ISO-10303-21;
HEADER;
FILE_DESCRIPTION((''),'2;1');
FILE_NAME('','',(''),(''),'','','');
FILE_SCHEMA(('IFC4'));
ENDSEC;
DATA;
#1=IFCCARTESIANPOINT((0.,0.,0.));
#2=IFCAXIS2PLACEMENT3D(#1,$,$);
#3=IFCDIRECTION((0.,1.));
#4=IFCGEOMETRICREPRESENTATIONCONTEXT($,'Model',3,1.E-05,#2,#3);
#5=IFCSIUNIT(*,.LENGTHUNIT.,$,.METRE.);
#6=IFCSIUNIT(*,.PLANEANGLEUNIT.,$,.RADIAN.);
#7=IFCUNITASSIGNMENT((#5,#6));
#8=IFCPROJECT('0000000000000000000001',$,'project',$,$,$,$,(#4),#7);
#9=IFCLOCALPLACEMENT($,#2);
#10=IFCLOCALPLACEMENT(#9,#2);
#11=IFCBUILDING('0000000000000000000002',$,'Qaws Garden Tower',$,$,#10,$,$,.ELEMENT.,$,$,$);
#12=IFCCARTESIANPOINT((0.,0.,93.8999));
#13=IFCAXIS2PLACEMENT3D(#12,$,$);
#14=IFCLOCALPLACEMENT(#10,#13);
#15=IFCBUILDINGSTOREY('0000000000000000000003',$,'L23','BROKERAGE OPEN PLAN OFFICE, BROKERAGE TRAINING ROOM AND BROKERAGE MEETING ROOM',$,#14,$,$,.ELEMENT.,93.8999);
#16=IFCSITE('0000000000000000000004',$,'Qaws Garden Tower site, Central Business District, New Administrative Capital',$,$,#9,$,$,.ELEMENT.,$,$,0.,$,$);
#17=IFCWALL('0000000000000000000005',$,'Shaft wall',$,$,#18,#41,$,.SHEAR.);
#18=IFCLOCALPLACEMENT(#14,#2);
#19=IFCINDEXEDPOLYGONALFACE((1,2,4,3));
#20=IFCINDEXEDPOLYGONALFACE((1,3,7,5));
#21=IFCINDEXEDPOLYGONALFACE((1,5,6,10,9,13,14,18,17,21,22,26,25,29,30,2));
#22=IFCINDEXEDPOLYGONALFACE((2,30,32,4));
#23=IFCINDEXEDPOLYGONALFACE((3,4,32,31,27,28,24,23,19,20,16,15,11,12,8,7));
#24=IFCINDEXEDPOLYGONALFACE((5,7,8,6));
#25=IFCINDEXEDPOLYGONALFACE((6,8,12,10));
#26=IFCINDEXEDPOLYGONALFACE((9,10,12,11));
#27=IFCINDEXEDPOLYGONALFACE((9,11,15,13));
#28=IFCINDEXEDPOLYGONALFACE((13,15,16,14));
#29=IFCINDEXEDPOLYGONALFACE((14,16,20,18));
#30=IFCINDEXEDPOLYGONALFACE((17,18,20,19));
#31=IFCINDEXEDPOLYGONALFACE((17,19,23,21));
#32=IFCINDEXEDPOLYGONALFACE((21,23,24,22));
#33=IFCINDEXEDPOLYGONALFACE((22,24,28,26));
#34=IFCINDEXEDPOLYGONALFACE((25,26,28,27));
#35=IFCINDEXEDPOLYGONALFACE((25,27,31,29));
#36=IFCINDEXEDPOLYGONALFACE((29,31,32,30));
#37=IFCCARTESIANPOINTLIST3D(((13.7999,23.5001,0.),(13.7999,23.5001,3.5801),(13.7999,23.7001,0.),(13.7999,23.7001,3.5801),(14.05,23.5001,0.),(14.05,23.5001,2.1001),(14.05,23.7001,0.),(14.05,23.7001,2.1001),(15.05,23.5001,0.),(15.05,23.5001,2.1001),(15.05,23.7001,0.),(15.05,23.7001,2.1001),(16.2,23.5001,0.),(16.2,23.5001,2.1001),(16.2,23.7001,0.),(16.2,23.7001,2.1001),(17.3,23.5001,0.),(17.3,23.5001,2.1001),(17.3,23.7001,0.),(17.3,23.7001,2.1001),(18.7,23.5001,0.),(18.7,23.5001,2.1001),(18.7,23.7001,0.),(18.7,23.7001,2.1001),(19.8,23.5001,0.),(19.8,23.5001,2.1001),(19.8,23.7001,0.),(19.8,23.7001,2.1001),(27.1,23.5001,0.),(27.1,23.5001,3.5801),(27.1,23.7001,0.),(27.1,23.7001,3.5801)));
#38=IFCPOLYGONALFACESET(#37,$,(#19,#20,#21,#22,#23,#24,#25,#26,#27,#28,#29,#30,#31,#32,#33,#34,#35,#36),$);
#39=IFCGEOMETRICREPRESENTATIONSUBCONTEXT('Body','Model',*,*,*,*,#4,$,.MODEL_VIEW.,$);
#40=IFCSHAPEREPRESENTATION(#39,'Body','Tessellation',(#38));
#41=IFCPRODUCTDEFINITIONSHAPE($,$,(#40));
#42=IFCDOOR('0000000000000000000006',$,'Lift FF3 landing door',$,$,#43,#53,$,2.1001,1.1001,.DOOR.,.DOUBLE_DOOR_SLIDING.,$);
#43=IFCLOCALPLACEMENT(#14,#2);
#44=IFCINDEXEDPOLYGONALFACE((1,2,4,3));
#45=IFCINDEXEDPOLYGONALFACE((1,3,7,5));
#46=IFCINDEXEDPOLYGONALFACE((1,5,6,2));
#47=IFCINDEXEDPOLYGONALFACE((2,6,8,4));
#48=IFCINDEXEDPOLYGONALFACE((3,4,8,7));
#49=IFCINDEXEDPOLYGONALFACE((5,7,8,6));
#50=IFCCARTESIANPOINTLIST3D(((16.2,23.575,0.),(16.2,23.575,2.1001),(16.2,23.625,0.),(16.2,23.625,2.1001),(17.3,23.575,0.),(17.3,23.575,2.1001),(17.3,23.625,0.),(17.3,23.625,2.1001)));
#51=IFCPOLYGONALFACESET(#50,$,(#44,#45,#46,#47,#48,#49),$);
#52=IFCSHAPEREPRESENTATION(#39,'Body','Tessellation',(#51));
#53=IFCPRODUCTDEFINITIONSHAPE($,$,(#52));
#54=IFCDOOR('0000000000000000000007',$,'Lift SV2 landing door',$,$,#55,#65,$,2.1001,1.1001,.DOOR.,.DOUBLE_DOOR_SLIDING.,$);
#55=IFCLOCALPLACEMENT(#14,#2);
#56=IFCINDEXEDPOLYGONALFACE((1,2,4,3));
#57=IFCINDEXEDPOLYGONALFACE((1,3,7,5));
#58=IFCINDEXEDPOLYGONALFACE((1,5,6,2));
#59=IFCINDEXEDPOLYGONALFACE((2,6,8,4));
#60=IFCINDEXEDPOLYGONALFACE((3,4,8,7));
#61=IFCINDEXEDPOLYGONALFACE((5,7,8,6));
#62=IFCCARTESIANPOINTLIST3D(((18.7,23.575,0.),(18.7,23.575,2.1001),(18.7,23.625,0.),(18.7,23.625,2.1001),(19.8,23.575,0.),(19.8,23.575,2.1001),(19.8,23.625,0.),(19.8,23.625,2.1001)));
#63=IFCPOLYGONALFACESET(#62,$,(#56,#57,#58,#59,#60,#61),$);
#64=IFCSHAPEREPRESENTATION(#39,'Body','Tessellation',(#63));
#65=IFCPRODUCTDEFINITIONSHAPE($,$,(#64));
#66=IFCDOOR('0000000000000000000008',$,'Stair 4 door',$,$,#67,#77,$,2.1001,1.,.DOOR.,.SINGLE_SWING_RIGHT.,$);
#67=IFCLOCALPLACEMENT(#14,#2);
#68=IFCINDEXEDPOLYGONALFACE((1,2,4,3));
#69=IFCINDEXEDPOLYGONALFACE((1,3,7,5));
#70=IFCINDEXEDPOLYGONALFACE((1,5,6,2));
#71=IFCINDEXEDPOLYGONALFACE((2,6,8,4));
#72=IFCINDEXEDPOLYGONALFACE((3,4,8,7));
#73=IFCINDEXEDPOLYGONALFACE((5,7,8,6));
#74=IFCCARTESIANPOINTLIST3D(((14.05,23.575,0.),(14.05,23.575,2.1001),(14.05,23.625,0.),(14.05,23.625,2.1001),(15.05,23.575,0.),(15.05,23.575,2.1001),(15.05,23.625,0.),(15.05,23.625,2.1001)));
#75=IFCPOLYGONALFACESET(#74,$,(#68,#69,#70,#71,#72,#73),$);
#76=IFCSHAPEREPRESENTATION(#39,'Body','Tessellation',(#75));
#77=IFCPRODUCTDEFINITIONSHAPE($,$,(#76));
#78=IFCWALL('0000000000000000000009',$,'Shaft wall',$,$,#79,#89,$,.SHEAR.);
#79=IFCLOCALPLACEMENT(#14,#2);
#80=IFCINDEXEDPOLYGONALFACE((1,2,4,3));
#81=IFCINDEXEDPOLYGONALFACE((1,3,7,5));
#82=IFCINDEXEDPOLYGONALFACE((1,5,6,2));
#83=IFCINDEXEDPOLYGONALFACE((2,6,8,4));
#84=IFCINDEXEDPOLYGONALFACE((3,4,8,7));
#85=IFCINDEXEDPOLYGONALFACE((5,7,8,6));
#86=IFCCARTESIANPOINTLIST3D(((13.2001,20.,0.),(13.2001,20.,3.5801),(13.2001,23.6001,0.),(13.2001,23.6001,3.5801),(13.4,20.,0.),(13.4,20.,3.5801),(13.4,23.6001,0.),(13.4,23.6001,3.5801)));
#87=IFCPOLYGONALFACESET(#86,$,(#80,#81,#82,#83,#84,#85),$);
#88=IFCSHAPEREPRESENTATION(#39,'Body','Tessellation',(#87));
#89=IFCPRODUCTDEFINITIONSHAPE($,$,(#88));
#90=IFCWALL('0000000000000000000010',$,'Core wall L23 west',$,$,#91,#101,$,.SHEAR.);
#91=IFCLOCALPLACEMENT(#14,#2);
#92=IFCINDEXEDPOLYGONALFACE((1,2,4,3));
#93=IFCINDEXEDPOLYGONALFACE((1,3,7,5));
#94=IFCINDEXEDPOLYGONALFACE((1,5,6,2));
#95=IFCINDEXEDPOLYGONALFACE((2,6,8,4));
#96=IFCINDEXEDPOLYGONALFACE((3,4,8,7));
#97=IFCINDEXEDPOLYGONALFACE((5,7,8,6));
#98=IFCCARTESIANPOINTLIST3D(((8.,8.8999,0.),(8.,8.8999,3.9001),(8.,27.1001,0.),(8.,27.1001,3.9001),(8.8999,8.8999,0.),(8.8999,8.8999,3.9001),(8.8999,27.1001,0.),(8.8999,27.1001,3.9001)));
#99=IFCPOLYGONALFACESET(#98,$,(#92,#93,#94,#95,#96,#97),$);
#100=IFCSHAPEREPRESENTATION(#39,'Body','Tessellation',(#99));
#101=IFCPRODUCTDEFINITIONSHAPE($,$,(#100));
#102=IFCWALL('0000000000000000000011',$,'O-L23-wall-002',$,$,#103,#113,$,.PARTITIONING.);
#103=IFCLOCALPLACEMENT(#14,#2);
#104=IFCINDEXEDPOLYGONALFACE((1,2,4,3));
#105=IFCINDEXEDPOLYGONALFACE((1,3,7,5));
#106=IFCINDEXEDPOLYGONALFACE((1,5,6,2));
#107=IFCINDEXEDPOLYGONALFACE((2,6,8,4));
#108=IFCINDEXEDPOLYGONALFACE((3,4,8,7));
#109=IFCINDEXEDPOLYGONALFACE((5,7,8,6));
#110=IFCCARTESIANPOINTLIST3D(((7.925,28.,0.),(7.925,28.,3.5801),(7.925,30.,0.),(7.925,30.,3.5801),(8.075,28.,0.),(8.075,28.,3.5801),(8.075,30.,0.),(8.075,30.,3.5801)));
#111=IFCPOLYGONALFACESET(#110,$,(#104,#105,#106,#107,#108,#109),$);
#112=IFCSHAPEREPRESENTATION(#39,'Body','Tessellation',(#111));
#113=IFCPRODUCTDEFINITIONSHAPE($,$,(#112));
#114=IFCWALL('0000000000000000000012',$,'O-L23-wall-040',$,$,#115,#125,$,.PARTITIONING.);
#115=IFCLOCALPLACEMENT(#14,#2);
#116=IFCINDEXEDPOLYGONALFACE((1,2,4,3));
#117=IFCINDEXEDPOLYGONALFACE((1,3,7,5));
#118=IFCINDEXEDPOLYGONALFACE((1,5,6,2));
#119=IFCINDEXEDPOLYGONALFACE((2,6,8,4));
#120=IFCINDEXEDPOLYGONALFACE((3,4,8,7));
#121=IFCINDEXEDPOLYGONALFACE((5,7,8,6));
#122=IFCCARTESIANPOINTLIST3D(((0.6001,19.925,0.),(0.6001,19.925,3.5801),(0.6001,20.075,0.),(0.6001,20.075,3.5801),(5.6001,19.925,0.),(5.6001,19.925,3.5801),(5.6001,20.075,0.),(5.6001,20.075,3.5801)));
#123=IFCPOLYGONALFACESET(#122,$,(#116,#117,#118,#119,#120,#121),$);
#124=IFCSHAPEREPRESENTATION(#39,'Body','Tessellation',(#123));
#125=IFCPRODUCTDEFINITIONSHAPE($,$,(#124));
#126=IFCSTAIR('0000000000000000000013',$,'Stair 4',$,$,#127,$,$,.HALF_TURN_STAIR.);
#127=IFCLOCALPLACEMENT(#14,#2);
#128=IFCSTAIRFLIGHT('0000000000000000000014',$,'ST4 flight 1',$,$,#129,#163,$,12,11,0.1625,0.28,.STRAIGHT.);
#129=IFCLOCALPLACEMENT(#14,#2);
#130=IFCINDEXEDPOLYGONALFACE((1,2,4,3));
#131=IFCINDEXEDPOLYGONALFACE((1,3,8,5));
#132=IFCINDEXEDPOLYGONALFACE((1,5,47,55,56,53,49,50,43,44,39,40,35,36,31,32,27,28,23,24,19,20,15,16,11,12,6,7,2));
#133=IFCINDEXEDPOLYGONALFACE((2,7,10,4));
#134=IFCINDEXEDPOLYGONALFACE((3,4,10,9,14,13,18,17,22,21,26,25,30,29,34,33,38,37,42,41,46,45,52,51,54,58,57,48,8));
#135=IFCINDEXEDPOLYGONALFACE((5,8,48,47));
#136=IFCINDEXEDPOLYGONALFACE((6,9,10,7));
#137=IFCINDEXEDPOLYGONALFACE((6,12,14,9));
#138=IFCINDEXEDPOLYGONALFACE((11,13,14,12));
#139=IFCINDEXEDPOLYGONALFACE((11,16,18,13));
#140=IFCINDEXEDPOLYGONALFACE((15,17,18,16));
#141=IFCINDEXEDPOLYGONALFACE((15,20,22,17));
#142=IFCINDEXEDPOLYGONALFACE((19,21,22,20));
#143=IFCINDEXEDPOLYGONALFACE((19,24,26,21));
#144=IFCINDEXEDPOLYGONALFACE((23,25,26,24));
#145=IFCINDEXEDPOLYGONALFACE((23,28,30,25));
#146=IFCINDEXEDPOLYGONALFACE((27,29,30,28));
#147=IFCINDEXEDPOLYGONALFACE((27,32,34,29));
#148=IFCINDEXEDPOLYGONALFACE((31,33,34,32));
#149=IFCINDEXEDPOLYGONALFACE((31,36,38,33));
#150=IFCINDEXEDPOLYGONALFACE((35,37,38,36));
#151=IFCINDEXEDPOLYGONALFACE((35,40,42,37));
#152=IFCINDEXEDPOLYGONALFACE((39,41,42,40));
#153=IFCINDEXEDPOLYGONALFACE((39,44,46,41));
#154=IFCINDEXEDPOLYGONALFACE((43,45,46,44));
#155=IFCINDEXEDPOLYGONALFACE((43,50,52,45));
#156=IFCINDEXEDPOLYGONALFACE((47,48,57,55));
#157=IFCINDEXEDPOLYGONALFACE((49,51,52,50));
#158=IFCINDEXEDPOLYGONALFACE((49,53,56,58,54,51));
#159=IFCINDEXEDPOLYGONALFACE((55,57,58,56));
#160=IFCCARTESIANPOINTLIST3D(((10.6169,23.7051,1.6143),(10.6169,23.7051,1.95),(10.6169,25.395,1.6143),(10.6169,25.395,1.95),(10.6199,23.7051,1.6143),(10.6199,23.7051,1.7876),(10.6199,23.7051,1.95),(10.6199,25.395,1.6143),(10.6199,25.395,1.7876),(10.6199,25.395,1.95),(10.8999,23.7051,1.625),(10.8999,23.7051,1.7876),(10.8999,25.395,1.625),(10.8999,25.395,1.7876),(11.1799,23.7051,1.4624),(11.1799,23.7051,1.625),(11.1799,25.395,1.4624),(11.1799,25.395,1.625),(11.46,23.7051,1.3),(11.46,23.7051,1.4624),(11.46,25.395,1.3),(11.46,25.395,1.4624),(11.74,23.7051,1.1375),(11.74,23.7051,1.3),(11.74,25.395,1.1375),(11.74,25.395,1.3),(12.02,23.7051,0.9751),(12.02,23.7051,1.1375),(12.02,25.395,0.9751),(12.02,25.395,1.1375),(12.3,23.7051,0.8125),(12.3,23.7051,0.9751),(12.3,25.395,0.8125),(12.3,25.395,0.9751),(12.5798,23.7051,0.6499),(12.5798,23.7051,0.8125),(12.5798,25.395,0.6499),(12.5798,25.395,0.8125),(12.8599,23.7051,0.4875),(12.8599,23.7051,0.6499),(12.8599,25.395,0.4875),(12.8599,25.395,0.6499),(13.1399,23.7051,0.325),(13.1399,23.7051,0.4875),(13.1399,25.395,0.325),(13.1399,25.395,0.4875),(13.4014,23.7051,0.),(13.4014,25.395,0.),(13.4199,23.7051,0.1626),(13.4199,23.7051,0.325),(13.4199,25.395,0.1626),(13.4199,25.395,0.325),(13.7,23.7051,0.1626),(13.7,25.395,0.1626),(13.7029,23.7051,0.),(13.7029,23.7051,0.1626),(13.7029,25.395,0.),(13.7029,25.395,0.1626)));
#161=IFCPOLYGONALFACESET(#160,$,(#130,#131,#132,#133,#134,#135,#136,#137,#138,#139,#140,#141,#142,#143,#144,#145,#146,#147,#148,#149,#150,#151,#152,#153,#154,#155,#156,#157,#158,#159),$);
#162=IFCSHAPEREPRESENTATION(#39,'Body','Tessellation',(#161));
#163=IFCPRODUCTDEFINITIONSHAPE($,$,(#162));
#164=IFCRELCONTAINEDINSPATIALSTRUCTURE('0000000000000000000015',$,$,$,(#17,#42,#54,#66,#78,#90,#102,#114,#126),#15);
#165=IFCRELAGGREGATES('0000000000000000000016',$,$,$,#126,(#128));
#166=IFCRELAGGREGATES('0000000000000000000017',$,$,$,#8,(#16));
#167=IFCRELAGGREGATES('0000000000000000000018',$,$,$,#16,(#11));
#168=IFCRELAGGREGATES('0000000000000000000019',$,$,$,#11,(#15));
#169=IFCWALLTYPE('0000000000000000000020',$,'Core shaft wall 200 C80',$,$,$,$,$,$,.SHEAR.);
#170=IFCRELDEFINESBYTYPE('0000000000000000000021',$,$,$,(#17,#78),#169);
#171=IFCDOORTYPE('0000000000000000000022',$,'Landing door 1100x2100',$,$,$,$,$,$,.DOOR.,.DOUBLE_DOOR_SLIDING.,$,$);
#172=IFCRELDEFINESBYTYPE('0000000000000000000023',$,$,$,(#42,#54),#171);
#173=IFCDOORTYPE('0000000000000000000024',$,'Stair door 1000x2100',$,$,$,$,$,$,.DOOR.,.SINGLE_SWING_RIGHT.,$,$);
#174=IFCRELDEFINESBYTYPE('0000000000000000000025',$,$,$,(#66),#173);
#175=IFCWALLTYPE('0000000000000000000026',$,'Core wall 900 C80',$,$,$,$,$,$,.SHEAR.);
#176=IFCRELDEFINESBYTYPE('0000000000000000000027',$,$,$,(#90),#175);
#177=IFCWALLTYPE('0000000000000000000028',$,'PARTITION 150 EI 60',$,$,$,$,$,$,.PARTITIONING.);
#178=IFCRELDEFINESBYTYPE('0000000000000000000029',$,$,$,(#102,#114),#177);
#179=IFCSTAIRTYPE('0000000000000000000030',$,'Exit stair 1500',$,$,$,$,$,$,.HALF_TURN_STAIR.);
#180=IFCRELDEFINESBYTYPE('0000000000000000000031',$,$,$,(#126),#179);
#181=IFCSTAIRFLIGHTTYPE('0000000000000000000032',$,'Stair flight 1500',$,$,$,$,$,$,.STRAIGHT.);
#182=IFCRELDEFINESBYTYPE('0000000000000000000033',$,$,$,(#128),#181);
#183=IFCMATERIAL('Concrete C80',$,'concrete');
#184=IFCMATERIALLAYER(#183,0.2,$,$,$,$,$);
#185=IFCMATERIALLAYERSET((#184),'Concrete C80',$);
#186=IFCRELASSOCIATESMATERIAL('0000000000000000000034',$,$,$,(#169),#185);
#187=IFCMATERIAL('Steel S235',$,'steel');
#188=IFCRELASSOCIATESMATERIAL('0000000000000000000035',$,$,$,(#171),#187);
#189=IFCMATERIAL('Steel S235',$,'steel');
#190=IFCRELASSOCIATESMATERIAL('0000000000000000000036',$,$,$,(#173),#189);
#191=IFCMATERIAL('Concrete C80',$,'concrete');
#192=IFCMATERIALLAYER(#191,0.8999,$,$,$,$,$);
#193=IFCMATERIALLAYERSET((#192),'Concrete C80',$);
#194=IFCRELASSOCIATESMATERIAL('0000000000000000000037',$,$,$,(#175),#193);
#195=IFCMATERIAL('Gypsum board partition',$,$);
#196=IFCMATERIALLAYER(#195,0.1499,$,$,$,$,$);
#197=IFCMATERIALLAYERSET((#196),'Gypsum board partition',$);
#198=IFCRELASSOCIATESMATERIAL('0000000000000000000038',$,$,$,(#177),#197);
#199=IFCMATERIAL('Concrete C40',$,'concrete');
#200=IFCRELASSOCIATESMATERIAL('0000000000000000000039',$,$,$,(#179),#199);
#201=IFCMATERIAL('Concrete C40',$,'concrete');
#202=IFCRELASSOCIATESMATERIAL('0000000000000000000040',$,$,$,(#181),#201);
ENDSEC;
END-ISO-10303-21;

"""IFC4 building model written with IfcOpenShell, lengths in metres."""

from ifc_helpers import new_model, si_unit, direction, frame, frame_2d, origin, place, context, subcontext, project, spatial, polyline, rectangle, outline, extrude, material, layer, layer_set, type_object, element, fill, aggregate, save


model = new_model("IFC4")

# Units and contexts
model_context = context("Model", 3, precision=1e-05, world=origin(), true_north=direction((0.0, 1.0)))
body_context = subcontext(model_context, "Body", "Model", "MODEL_VIEW")
ifc_project = project(units=[si_unit("LENGTHUNIT", "METRE"), si_unit("PLANEANGLEUNIT", "RADIAN")], contexts=[model_context])

# Site, building, storey
site_placement = place(None, origin())
site = spatial("IfcSite", under=ifc_project, at=site_placement, Name="Qaws Garden Tower site, Central Business District, New Administrative Capital", CompositionType="ELEMENT", RefElevation=0.0)
building_placement = place(site_placement, origin())
building = spatial("IfcBuilding", under=site, at=building_placement, Name="Qaws Garden Tower", CompositionType="ELEMENT")
storey_placement = place(building_placement, frame((0.0, 0.0, 93.8999)))
storey = spatial("IfcBuildingStorey", under=building, at=storey_placement, Name="L23", Description="BROKERAGE OPEN PLAN OFFICE, BROKERAGE TRAINING ROOM AND BROKERAGE MEETING ROOM", CompositionType="ELEMENT", Elevation=93.8999)

# Shared definitions
ifc_material_1 = material(Name="Concrete C80", Category="concrete")
ifc_layer_1 = layer(ifc_material_1, 0.2)
ifc_layer_set_1 = layer_set([ifc_layer_1], Name="Concrete C80")
wall_type_1 = type_object("IfcWallType", Name="Core shaft wall 200 C80", PredefinedType="SHEAR", material=ifc_layer_set_1)

# Wall, openings, doors
wall_1_placement = place(storey_placement, frame((13.8, 23.6001, 0.0), z_axis=(0.0, 0.0, 1.0), x_axis=(1.0, 0.0, 0.0)))
wall_1 = element("IfcWall", 1, at=wall_1_placement, inside=storey, type_object=wall_type_1, Name="Shaft wall", PredefinedType="SHEAR", context=body_context, shape_type="SweptSolid", body=[
    extrude(rectangle(XDim=13.3, YDim=0.2, at=frame_2d((6.6499, 0.0))), origin(), (0.0, 0.0, 1.0), 3.5801),
])
opening_1_placement = place(wall_1_placement, frame((2.3999, 0.0, 0.0)))
opening_1 = element("IfcOpeningElement", 2, at=opening_1_placement, cuts=wall_1, PredefinedType="OPENING", context=body_context, shape_type="SweptSolid", body=[
    extrude(rectangle(XDim=1.1001, YDim=2.1001, at=frame_2d((0.55, 1.05))), frame((0.0, 0.1099, 0.0), z_axis=(0.0, -1.0, 0.0), x_axis=(1.0, 0.0, 0.0)), (0.0, 0.0, 1.0), 0.22),
])
opening_2_placement = place(wall_1_placement, frame((4.8999, 0.0, 0.0)))
opening_2 = element("IfcOpeningElement", 3, at=opening_2_placement, cuts=wall_1, PredefinedType="OPENING", context=body_context, shape_type="SweptSolid", body=[
    extrude(rectangle(XDim=1.1001, YDim=2.1001, at=frame_2d((0.55, 1.05))), frame((0.0, 0.1099, 0.0), z_axis=(0.0, -1.0, 0.0), x_axis=(1.0, 0.0, 0.0)), (0.0, 0.0, 1.0), 0.22),
])
opening_3_placement = place(wall_1_placement, frame((0.25, 0.0, 0.0)))
opening_3 = element("IfcOpeningElement", 4, at=opening_3_placement, cuts=wall_1, PredefinedType="OPENING", context=body_context, shape_type="SweptSolid", body=[
    extrude(rectangle(XDim=1.0, YDim=2.1001, at=frame_2d((0.5, 1.05))), frame((0.0, 0.1099, 0.0), z_axis=(0.0, -1.0, 0.0), x_axis=(1.0, 0.0, 0.0)), (0.0, 0.0, 1.0), 0.22),
])
ifc_material_2 = material(Name="Steel S235", Category="steel")
door_type_1 = type_object("IfcDoorType", Name="Landing door 1100x2100", OperationType="DOUBLE_DOOR_SLIDING", PredefinedType="DOOR", material=ifc_material_2)
door_1_placement = place(opening_1_placement, origin())
door_1 = element("IfcDoor", 5, at=door_1_placement, inside=storey, type_object=door_type_1, Name="Lift FF3 landing door", OperationType="DOUBLE_DOOR_SLIDING", OverallHeight=2.1001, OverallWidth=1.1001, PredefinedType="DOOR", context=body_context, shape_type="SweptSolid", body=[
    extrude(rectangle(XDim=1.1001, YDim=2.1001, at=frame_2d((0.55, 1.05))), frame((0.0, 0.0249, 0.0), z_axis=(0.0, -1.0, 0.0), x_axis=(1.0, 0.0, 0.0)), (0.0, 0.0, 1.0), 0.05),
])
fill(opening_1, door_1)
door_2_placement = place(opening_2_placement, origin())
door_2 = element("IfcDoor", 6, at=door_2_placement, inside=storey, type_object=door_type_1, Name="Lift SV2 landing door", OperationType="DOUBLE_DOOR_SLIDING", OverallHeight=2.1001, OverallWidth=1.1001, PredefinedType="DOOR", context=body_context, shape_type="SweptSolid", body=[
    extrude(rectangle(XDim=1.1001, YDim=2.1001, at=frame_2d((0.55, 1.05))), frame((0.0, 0.0249, 0.0), z_axis=(0.0, -1.0, 0.0), x_axis=(1.0, 0.0, 0.0)), (0.0, 0.0, 1.0), 0.05),
])
fill(opening_2, door_2)
ifc_material_3 = material(Name="Steel S235", Category="steel")
door_type_2 = type_object("IfcDoorType", Name="Stair door 1000x2100", OperationType="SINGLE_SWING_RIGHT", PredefinedType="DOOR", material=ifc_material_3)
door_3_placement = place(opening_3_placement, origin())
door_3 = element("IfcDoor", 7, at=door_3_placement, inside=storey, type_object=door_type_2, Name="Stair 4 door", OperationType="SINGLE_SWING_RIGHT", OverallHeight=2.1001, OverallWidth=1.0, PredefinedType="DOOR", context=body_context, shape_type="SweptSolid", body=[
    extrude(rectangle(XDim=1.0, YDim=2.1001, at=frame_2d((0.5, 1.05))), frame((0.0, 0.0249, 0.0), z_axis=(0.0, -1.0, 0.0), x_axis=(1.0, 0.0, 0.0)), (0.0, 0.0, 1.0), 0.05),
])
fill(opening_3, door_3)

# Walls
wall_2_placement = place(storey_placement, frame((13.3, 20.0, 0.0), z_axis=(0.0, 0.0, 1.0), x_axis=(0.0, 1.0, 0.0)))
element("IfcWall", 8, at=wall_2_placement, inside=storey, type_object=wall_type_1, Name="Shaft wall", PredefinedType="SHEAR", context=body_context, shape_type="SweptSolid", body=[
    extrude(rectangle(XDim=3.6001, YDim=0.2, at=frame_2d((1.8, 0.0))), origin(), (0.0, 0.0, 1.0), 3.5801),
])
ifc_material_4 = material(Name="Concrete C80", Category="concrete")
ifc_layer_2 = layer(ifc_material_4, 0.8999)
ifc_layer_set_2 = layer_set([ifc_layer_2], Name="Concrete C80")
wall_type_2 = type_object("IfcWallType", Name="Core wall 900 C80", PredefinedType="SHEAR", material=ifc_layer_set_2)
wall_3_placement = place(storey_placement, frame((8.45, 27.1001, 0.0), z_axis=(0.0, 0.0, 1.0), x_axis=(0.0, -1.0, 0.0)))
element("IfcWall", 9, at=wall_3_placement, inside=storey, type_object=wall_type_2, Name="Core wall L23 west", PredefinedType="SHEAR", context=body_context, shape_type="SweptSolid", body=[
    extrude(rectangle(XDim=18.2002, YDim=0.8999, at=frame_2d((9.1001, 0.0))), origin(), (0.0, 0.0, 1.0), 3.9001),
])
ifc_material_5 = material(Name="Gypsum board partition")
ifc_layer_3 = layer(ifc_material_5, 0.1499)
ifc_layer_set_3 = layer_set([ifc_layer_3], Name="Gypsum board partition")
wall_type_3 = type_object("IfcWallType", Name="PARTITION 150 EI 60", PredefinedType="PARTITIONING", material=ifc_layer_set_3)
wall_4_placement = place(storey_placement, frame((8.0, 28.0, 0.0), z_axis=(0.0, 0.0, 1.0), x_axis=(0.0, 1.0, 0.0)))
element("IfcWall", 10, at=wall_4_placement, inside=storey, type_object=wall_type_3, Name="O-L23-wall-002", PredefinedType="PARTITIONING", context=body_context, shape_type="SweptSolid", body=[
    extrude(rectangle(XDim=2.0, YDim=0.1499, at=frame_2d((1.0, 0.0))), origin(), (0.0, 0.0, 1.0), 3.5801),
])
wall_5_placement = place(storey_placement, frame((0.6001, 20.0, 0.0), z_axis=(0.0, 0.0, 1.0), x_axis=(1.0, 0.0, 0.0)))
element("IfcWall", 11, at=wall_5_placement, inside=storey, type_object=wall_type_3, Name="O-L23-wall-040", PredefinedType="PARTITIONING", context=body_context, shape_type="SweptSolid", body=[
    extrude(rectangle(XDim=5.0, YDim=0.1499, at=frame_2d((2.5, 0.0))), origin(), (0.0, 0.0, 1.0), 3.5801),
])

# Stair, stair flight
ifc_material_6 = material(Name="Concrete C40", Category="concrete")
stair_type = type_object("IfcStairType", Name="Exit stair 1500", PredefinedType="HALF_TURN_STAIR", material=ifc_material_6)
stair_placement = place(storey_placement, origin())
stair = element("IfcStair", 12, at=stair_placement, inside=storey, type_object=stair_type, Name="Stair 4", PredefinedType="HALF_TURN_STAIR")
ifc_material_7 = material(Name="Concrete C40", Category="concrete")
stair_flight_type = type_object("IfcStairFlightType", Name="Stair flight 1500", PredefinedType="STRAIGHT", material=ifc_material_7)
stair_flight_1_placement = place(storey_placement, frame((13.7, 24.55, 0.0), z_axis=(0.0, 0.0, 1.0), x_axis=(-1.0, 0.0, 0.0)))
stair_flight_1 = element("IfcStairFlight", 13, at=stair_flight_1_placement, type_object=stair_flight_type, Name="ST4 flight 1", NumberOfRisers=12, NumberOfTreads=11, PredefinedType="STRAIGHT", RiserHeight=0.1625, TreadLength=0.28, context=body_context, shape_type="SweptSolid", body=[
    extrude(outline(polyline([(-0.0029, 0.0), (-0.0029, 0.1626), (0.0, 0.1626), (0.28, 0.1626), (0.28, 0.325), (0.5601, 0.325), (0.5601, 0.4875), (0.8401, 0.4875), (0.8401, 0.6499), (1.1201, 0.6499), (1.1201, 0.8125), (1.3999, 0.8125), (1.3999, 0.9751), (1.6799, 0.9751), (1.6799, 1.1375), (1.96, 1.1375), (1.96, 1.3), (2.24, 1.3), (2.24, 1.4624), (2.52, 1.4624), (2.52, 1.625), (2.8, 1.625), (2.8, 1.7876), (3.0801, 1.7876), (3.0801, 1.95), (3.083, 1.95), (3.083, 1.6143), (3.0801, 1.6143), (0.2986, 0.0), (-0.0029, 0.0)])), frame((0.0, 0.845, 0.0), z_axis=(0.0, -1.0, 0.0), x_axis=(1.0, 0.0, 0.0)), (0.0, 0.0, 1.0), 1.6899),
])
aggregate(stair, [stair_flight_1])

save(model, "model.ifc")
